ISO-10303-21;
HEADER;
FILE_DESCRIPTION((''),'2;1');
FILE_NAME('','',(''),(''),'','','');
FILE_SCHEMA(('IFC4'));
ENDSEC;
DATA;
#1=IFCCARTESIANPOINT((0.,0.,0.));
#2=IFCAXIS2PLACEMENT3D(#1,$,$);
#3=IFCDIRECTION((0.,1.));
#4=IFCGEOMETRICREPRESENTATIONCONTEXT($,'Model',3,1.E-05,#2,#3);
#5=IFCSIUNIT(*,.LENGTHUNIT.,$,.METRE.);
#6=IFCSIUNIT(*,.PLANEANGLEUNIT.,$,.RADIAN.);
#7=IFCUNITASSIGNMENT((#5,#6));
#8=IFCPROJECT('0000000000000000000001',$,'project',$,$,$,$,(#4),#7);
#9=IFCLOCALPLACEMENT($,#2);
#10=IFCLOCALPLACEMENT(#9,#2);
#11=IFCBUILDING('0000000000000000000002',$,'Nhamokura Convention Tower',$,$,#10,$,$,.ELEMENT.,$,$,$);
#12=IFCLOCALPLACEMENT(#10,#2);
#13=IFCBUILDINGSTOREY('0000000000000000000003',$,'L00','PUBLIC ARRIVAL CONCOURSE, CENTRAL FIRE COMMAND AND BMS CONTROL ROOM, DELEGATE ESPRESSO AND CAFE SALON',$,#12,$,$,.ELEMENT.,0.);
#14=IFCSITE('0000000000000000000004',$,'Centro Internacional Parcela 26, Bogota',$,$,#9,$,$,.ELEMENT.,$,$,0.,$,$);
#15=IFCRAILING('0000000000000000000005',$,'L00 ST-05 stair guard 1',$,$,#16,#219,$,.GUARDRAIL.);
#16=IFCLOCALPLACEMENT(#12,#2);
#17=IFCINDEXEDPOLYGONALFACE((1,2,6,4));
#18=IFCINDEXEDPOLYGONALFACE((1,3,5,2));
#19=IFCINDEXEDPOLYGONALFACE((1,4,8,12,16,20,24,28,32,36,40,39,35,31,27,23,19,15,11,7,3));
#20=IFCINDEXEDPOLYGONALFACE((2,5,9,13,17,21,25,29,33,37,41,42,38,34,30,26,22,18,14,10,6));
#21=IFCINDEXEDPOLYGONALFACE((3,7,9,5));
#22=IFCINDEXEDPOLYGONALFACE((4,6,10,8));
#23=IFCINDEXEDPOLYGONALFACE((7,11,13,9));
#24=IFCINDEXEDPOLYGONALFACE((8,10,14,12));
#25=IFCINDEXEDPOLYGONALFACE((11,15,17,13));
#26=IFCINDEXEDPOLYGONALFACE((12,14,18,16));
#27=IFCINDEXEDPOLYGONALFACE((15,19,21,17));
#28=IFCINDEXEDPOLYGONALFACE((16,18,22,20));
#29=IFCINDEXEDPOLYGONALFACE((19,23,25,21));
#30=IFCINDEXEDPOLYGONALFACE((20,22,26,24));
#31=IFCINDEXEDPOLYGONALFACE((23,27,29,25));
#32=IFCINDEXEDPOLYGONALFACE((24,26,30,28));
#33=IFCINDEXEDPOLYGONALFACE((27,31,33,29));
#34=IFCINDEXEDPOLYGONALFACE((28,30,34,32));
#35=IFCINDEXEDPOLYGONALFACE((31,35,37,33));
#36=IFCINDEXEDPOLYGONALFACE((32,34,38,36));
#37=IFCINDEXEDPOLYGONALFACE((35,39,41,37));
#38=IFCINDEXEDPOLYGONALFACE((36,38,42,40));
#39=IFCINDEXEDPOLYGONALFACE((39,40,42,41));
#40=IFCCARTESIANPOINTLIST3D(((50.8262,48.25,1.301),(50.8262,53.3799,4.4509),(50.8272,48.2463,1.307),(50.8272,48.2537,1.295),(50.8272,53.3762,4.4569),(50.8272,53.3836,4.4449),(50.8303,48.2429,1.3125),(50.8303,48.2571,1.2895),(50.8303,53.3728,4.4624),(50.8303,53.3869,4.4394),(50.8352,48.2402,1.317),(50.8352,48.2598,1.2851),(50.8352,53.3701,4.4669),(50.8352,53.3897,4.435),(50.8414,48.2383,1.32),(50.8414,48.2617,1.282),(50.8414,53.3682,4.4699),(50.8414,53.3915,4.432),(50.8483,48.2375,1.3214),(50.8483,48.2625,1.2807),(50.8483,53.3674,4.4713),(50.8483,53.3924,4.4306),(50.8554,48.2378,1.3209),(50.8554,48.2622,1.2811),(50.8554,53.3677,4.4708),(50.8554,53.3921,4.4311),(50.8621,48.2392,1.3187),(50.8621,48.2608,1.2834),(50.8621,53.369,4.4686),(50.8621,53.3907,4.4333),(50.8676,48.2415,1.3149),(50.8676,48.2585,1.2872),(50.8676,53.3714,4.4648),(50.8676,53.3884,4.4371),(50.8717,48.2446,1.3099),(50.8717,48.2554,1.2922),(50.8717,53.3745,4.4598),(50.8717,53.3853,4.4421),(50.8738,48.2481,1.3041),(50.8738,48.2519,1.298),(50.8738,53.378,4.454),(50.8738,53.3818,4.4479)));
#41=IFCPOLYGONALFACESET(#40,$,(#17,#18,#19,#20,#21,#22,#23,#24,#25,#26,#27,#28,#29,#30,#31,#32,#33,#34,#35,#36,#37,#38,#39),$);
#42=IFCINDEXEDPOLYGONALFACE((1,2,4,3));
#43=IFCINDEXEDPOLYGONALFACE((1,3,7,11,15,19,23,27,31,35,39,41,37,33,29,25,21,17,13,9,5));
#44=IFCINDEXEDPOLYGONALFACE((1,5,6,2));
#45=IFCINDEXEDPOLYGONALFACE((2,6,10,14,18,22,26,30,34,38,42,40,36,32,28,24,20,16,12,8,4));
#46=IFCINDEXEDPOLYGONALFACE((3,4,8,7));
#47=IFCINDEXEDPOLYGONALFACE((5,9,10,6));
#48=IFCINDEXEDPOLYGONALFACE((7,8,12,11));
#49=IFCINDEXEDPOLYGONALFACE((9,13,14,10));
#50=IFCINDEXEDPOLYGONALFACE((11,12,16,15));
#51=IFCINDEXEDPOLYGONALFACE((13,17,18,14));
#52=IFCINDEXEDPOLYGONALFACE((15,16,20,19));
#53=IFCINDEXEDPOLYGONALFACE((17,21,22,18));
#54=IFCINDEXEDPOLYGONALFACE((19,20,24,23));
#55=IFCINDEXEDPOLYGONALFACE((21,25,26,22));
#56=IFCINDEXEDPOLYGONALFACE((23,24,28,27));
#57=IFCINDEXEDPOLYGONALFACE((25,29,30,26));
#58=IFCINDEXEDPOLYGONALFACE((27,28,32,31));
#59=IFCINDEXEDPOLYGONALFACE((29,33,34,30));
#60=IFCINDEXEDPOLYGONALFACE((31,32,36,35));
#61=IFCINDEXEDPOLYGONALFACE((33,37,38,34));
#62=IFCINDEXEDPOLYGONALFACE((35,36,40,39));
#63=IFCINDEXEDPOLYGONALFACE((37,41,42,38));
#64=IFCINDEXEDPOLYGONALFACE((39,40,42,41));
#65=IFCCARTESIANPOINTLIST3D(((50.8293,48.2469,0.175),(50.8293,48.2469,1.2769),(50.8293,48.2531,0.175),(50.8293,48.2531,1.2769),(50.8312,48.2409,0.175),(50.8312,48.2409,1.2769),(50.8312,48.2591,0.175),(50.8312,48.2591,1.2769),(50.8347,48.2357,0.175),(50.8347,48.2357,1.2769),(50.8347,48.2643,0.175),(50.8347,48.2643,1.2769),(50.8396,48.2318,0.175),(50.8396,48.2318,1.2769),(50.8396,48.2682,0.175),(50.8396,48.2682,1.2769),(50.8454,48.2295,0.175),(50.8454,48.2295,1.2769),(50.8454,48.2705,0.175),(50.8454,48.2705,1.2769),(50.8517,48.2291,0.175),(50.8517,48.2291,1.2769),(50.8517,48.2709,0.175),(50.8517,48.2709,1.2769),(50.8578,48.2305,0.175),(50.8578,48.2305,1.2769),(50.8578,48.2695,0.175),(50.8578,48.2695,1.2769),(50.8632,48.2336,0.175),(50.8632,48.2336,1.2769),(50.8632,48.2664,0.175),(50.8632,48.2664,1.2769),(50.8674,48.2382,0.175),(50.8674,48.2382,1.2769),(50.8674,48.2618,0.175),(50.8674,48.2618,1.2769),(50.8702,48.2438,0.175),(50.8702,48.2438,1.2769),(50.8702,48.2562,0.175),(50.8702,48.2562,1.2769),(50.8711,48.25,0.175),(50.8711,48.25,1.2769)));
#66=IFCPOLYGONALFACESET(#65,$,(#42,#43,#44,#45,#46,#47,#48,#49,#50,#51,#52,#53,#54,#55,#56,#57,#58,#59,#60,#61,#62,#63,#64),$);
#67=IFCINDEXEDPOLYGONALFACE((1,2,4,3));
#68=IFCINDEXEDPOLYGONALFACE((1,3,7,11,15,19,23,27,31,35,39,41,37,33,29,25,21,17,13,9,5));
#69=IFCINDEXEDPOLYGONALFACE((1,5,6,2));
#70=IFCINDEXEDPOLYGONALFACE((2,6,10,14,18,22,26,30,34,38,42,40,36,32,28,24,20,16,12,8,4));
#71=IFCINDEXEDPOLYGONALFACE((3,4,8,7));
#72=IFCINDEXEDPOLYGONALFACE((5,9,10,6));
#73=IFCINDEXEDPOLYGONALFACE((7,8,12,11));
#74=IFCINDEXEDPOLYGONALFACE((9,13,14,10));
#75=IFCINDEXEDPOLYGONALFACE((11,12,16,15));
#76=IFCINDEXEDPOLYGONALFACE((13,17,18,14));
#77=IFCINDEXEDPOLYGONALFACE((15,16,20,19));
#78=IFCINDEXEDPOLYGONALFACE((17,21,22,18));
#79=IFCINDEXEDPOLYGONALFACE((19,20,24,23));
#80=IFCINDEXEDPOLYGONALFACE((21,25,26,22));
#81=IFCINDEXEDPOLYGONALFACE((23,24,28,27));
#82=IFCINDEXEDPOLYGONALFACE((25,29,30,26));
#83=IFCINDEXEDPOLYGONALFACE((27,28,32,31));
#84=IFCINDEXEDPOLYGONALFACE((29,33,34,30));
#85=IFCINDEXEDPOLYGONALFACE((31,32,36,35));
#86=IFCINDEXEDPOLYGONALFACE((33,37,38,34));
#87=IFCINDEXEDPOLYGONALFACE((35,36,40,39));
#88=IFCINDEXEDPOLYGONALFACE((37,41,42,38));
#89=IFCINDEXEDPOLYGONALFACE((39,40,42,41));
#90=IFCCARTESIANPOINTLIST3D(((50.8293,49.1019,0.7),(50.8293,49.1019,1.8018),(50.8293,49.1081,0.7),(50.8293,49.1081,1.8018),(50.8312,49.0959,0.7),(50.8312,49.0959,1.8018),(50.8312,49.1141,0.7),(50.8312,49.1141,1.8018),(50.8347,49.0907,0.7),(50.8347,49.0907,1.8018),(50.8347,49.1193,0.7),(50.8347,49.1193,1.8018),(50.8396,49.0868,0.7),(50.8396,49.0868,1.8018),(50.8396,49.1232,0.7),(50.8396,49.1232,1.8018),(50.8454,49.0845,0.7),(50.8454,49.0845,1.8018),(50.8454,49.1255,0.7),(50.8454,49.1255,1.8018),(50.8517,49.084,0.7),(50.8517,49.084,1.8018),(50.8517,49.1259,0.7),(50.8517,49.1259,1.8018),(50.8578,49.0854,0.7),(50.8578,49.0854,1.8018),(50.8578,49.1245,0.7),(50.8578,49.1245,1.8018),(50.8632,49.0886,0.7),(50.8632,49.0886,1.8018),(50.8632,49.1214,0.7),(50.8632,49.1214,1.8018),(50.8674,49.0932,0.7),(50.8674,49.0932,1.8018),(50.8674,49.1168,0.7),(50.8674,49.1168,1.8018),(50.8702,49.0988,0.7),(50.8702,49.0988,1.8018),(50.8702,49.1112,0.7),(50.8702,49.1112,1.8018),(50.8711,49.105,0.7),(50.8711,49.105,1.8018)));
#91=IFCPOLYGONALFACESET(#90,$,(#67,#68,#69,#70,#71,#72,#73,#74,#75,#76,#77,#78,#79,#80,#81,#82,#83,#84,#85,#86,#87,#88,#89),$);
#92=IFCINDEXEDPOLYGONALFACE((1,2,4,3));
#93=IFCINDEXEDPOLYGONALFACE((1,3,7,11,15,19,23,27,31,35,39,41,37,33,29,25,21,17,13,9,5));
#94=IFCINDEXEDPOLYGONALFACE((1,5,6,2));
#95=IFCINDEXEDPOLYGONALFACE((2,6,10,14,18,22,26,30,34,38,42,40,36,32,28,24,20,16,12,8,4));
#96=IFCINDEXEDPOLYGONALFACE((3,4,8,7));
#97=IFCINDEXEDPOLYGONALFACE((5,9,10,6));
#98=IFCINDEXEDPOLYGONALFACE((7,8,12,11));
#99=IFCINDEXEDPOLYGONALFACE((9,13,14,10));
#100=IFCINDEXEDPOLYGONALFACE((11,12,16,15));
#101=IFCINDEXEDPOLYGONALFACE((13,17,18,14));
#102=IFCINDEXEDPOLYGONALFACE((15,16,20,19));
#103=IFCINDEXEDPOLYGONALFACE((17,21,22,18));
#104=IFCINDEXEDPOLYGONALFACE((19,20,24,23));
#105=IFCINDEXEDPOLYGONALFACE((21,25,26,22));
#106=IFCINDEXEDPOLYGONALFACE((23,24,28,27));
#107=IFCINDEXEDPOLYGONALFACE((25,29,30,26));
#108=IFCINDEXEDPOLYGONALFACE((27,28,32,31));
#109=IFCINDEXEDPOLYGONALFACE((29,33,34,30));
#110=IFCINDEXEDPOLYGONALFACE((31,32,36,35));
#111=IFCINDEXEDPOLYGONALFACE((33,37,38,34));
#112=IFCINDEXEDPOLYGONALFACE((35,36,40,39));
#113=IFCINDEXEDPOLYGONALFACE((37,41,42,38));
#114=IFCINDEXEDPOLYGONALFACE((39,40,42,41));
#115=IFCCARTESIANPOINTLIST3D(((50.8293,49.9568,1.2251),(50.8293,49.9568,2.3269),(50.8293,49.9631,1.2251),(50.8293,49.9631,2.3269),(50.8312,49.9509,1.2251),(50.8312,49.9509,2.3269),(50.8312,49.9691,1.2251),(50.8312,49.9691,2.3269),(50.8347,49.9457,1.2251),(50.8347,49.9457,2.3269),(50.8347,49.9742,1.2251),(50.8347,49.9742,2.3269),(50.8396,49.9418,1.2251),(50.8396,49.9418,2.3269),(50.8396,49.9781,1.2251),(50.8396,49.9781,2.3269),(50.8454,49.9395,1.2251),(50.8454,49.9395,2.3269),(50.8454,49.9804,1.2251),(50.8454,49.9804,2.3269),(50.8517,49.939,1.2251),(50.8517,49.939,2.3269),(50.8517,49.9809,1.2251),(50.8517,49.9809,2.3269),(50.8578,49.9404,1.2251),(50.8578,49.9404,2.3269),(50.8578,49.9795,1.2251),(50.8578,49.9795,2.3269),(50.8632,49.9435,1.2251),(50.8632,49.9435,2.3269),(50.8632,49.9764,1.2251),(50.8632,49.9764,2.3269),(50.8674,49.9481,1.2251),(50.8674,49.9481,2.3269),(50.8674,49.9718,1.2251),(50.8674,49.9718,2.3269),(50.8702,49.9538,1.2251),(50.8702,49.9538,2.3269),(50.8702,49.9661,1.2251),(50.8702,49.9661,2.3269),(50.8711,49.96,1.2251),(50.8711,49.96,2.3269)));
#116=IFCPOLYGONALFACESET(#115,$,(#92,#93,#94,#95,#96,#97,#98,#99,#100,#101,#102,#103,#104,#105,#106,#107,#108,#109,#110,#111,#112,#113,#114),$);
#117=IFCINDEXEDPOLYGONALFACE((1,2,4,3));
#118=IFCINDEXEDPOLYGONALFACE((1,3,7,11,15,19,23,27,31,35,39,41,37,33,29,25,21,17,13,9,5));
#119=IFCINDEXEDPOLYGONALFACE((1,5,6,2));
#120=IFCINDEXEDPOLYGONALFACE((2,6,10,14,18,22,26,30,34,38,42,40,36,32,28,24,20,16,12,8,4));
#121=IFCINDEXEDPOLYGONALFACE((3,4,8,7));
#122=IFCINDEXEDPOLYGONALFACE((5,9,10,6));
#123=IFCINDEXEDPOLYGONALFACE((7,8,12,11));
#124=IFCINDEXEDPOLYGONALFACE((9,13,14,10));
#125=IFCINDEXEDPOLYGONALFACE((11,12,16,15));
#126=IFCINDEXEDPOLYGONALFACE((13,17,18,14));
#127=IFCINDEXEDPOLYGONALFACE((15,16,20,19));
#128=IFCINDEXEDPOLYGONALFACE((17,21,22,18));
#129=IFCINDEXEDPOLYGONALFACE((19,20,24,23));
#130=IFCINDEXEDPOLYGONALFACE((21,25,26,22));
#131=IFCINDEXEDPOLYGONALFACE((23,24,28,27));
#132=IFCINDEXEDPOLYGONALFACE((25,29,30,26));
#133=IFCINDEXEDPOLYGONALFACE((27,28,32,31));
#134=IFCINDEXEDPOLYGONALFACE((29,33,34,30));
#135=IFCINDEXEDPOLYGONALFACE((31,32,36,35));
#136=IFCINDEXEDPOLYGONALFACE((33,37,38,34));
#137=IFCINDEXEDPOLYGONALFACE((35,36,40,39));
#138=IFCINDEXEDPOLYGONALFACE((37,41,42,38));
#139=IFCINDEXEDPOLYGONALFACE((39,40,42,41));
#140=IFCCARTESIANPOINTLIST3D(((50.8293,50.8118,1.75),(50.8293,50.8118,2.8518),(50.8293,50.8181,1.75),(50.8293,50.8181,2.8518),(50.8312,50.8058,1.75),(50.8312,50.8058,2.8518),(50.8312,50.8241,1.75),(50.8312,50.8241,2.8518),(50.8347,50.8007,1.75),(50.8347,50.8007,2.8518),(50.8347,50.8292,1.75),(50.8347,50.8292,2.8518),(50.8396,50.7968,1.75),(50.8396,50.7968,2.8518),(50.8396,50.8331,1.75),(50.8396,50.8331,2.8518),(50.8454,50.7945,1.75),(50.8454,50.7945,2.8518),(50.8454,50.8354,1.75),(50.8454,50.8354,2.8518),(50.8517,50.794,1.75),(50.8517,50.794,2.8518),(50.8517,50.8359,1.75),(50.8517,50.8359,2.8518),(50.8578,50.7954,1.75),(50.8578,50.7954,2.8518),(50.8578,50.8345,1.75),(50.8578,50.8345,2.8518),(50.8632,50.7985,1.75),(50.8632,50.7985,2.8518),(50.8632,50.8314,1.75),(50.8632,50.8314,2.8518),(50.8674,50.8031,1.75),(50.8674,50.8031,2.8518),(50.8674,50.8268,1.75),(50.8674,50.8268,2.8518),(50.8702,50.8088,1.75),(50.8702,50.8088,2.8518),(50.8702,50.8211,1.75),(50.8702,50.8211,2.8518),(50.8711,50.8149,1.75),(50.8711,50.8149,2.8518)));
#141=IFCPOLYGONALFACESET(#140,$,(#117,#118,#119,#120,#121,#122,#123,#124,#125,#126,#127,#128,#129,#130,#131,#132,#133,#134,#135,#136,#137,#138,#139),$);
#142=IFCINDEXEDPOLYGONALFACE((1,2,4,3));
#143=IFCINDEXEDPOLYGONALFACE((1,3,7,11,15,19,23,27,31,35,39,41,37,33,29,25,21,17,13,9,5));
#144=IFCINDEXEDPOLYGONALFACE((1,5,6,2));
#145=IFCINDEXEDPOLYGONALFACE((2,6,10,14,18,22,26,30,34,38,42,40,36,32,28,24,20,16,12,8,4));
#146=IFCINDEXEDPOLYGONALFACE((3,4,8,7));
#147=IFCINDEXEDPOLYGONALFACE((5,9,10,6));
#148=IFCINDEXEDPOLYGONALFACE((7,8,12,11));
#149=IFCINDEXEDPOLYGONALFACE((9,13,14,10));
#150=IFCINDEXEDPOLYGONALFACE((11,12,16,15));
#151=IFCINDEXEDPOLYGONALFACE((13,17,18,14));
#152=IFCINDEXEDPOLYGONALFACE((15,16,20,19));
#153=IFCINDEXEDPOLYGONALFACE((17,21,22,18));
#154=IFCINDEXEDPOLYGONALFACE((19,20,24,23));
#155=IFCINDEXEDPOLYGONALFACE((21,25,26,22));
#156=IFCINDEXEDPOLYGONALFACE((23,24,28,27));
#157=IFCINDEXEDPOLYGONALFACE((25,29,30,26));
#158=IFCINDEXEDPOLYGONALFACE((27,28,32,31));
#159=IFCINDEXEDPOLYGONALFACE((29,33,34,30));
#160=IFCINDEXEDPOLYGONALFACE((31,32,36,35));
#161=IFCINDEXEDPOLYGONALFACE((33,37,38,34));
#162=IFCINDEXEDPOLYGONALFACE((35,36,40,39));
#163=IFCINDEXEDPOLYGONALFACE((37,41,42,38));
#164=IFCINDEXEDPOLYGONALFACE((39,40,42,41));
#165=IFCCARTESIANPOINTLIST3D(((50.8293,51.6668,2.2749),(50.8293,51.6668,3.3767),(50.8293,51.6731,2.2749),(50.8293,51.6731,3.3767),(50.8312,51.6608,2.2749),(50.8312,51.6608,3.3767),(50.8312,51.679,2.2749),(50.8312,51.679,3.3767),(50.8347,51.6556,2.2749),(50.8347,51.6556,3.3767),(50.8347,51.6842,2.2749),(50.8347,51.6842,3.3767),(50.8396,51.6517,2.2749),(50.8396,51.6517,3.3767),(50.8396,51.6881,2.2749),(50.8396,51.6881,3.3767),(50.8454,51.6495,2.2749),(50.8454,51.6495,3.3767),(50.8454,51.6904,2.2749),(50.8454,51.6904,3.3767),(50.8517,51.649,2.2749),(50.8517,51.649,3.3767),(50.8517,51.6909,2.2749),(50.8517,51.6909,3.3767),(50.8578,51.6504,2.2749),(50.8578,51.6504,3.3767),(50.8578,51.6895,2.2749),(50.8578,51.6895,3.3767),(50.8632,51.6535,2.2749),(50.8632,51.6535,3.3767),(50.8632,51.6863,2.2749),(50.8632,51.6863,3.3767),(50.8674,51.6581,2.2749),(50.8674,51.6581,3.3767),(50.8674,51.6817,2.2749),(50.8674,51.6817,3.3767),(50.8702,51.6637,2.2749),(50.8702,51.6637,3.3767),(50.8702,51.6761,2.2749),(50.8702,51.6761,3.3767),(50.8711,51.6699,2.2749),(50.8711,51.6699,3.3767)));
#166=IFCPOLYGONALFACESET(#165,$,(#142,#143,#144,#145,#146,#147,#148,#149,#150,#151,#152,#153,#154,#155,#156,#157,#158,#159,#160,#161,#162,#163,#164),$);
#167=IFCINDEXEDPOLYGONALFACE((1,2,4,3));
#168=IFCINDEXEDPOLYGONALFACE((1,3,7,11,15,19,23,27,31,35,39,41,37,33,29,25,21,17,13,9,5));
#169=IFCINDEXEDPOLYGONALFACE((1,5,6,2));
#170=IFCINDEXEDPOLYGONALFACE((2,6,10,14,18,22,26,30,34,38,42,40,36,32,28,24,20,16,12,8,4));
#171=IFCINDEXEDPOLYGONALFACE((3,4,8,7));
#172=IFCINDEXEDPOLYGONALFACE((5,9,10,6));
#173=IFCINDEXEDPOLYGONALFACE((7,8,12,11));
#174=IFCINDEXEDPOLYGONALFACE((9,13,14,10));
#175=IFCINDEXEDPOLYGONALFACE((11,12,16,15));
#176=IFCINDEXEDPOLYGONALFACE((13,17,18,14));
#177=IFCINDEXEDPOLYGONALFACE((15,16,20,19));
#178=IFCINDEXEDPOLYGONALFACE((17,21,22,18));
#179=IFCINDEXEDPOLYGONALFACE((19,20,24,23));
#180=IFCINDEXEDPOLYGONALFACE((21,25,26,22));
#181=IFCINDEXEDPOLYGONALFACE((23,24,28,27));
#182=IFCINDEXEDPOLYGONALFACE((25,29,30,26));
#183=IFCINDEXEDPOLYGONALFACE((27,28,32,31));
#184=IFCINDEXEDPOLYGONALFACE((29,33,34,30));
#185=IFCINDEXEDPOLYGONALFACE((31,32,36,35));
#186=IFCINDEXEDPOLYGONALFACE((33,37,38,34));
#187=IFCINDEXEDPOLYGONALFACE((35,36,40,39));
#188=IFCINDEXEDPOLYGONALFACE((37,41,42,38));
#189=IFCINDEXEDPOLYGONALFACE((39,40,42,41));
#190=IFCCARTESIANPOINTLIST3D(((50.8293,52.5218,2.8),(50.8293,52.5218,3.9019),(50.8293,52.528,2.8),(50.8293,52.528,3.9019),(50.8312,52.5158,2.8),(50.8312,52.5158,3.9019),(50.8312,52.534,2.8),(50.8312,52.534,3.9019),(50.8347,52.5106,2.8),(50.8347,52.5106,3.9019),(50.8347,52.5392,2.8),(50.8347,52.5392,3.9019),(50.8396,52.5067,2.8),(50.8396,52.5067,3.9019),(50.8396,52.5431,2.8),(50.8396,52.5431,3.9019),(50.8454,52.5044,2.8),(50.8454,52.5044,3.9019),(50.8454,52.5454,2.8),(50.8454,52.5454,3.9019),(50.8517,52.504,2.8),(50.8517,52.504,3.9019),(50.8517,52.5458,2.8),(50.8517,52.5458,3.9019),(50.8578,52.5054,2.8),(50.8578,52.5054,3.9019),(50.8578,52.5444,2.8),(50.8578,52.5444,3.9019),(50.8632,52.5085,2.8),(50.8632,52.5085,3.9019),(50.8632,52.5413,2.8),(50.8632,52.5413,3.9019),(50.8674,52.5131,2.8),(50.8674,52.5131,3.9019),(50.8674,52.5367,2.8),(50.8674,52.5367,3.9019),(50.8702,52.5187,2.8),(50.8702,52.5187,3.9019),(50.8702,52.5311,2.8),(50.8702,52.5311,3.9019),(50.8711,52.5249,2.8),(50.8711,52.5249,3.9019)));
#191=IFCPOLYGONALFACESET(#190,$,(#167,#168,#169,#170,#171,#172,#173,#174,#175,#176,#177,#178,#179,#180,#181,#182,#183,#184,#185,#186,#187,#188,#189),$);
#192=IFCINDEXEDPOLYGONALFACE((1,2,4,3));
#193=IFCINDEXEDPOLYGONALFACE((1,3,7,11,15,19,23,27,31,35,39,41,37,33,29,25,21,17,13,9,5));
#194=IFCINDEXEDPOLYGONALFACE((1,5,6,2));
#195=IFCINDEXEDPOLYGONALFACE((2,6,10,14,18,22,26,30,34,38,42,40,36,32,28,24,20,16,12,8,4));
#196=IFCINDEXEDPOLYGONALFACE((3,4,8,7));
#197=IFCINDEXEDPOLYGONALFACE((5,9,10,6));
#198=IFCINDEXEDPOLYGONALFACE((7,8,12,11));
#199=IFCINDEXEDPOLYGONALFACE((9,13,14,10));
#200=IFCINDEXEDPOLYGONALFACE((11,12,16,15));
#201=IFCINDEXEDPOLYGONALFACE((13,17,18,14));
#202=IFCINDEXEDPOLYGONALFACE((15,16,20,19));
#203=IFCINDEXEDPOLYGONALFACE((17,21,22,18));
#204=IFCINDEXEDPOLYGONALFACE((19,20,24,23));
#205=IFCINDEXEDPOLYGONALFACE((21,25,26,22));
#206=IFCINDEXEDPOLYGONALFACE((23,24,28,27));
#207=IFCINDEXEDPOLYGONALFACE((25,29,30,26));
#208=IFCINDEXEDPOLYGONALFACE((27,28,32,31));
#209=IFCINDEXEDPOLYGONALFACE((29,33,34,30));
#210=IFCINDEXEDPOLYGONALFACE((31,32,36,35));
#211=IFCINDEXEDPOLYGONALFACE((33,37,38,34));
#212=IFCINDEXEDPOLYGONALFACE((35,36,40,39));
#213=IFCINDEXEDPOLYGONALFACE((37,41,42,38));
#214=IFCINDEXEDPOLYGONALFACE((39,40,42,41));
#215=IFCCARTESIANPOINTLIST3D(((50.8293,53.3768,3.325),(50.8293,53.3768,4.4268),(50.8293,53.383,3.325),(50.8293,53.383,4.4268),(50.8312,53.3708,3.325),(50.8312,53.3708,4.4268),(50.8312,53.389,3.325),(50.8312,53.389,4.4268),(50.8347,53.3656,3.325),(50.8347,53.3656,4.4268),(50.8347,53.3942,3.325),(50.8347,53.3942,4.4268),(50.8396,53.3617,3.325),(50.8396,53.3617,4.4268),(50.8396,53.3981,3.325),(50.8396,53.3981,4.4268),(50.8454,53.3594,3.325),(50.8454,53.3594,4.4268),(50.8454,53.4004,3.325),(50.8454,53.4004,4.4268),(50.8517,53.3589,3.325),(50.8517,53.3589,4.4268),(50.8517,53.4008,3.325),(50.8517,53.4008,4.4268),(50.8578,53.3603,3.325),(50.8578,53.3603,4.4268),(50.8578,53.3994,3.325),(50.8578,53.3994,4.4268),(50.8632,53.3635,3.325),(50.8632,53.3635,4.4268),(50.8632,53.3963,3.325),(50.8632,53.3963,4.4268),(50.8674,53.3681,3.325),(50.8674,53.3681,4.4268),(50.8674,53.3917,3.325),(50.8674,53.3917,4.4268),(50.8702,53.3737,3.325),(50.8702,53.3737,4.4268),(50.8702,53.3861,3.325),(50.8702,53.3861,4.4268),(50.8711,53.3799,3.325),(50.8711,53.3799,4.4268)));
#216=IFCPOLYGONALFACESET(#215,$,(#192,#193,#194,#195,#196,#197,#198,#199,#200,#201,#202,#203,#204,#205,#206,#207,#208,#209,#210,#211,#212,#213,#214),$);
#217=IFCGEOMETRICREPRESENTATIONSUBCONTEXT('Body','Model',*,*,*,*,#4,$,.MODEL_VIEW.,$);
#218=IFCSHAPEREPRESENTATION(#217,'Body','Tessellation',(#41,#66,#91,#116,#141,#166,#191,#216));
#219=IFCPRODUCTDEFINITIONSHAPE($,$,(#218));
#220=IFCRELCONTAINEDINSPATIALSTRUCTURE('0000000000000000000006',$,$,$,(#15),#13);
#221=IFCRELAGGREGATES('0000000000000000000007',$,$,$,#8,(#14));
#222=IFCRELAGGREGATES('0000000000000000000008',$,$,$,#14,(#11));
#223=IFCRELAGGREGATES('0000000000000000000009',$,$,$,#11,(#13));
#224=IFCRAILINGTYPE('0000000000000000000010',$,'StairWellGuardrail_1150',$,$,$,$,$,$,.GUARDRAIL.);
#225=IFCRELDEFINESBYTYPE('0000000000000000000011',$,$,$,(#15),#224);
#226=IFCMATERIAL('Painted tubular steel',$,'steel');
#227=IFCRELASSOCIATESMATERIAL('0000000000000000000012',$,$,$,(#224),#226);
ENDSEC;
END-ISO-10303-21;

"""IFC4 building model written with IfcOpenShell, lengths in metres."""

from ifc_helpers import new_model, si_unit, direction, frame, origin, origin_2d, place, context, subcontext, project, spatial, circle, extrude, material, type_object, element, save


model = new_model("IFC4")

# Units and contexts
model_context = context("Model", 3, precision=1e-05, world=origin(), true_north=direction((0.0, 1.0)))
body_context = subcontext(model_context, "Body", "Model", "MODEL_VIEW")
ifc_project = project(units=[si_unit("LENGTHUNIT", "METRE"), si_unit("PLANEANGLEUNIT", "RADIAN")], contexts=[model_context])

# Site, building, storey
site_placement = place(None, origin())
site = spatial("IfcSite", under=ifc_project, at=site_placement, Name="Centro Internacional Parcela 26, Bogota", CompositionType="ELEMENT", RefElevation=0.0)
building_placement = place(site_placement, origin())
building = spatial("IfcBuilding", under=site, at=building_placement, Name="Nhamokura Convention Tower", CompositionType="ELEMENT")
storey_placement = place(building_placement, origin())
storey = spatial("IfcBuildingStorey", under=building, at=storey_placement, Name="L00", Description="PUBLIC ARRIVAL CONCOURSE, CENTRAL FIRE COMMAND AND BMS CONTROL ROOM, DELEGATE ESPRESSO AND CAFE SALON", CompositionType="ELEMENT", Elevation=0.0)

# Railing
ifc_material_1 = material(Name="Painted tubular steel", Category="steel")
railing_type_1 = type_object("IfcRailingType", Name="StairWellGuardrail_1150", PredefinedType="GUARDRAIL", material=ifc_material_1)
railing_1_placement = place(storey_placement, frame((50.8501, 48.25, 0.175)))
element("IfcRailing", 1, at=railing_1_placement, inside=storey, type_object=railing_type_1, Name="L00 ST-05 stair guard 1", PredefinedType="GUARDRAIL", context=body_context, shape_type="SweptSolid", body=[
    extrude(circle(Radius=0.0239, at=origin_2d()), frame((0.0, 0.0, 1.126), z_axis=(0.0, 0.852173, 0.52326), x_axis=(-1.0, 0.0, 0.0)), (0.0, 0.0, 1.0), 6.0198),
    extrude(circle(Radius=0.021, at=origin_2d()), origin(), (0.0, 0.0, 1.0), 1.1018),
    extrude(circle(Radius=0.021, at=origin_2d()), frame((0.0, 0.855, 0.5249)), (0.0, 0.0, 1.0), 1.1018),
    extrude(circle(Radius=0.021, at=origin_2d()), frame((0.0, 1.71, 1.05)), (0.0, 0.0, 1.0), 1.1018),
    extrude(circle(Radius=0.021, at=origin_2d()), frame((0.0, 2.5649, 1.575)), (0.0, 0.0, 1.0), 1.1018),
    extrude(circle(Radius=0.021, at=origin_2d()), frame((0.0, 3.4199, 2.0999)), (0.0, 0.0, 1.0), 1.1018),
    extrude(circle(Radius=0.021, at=origin_2d()), frame((0.0, 4.2749, 2.625)), (0.0, 0.0, 1.0), 1.1018),
    extrude(circle(Radius=0.021, at=origin_2d()), frame((0.0, 5.1299, 3.1499)), (0.0, 0.0, 1.0), 1.1018),
])

save(model, "model.ifc")
